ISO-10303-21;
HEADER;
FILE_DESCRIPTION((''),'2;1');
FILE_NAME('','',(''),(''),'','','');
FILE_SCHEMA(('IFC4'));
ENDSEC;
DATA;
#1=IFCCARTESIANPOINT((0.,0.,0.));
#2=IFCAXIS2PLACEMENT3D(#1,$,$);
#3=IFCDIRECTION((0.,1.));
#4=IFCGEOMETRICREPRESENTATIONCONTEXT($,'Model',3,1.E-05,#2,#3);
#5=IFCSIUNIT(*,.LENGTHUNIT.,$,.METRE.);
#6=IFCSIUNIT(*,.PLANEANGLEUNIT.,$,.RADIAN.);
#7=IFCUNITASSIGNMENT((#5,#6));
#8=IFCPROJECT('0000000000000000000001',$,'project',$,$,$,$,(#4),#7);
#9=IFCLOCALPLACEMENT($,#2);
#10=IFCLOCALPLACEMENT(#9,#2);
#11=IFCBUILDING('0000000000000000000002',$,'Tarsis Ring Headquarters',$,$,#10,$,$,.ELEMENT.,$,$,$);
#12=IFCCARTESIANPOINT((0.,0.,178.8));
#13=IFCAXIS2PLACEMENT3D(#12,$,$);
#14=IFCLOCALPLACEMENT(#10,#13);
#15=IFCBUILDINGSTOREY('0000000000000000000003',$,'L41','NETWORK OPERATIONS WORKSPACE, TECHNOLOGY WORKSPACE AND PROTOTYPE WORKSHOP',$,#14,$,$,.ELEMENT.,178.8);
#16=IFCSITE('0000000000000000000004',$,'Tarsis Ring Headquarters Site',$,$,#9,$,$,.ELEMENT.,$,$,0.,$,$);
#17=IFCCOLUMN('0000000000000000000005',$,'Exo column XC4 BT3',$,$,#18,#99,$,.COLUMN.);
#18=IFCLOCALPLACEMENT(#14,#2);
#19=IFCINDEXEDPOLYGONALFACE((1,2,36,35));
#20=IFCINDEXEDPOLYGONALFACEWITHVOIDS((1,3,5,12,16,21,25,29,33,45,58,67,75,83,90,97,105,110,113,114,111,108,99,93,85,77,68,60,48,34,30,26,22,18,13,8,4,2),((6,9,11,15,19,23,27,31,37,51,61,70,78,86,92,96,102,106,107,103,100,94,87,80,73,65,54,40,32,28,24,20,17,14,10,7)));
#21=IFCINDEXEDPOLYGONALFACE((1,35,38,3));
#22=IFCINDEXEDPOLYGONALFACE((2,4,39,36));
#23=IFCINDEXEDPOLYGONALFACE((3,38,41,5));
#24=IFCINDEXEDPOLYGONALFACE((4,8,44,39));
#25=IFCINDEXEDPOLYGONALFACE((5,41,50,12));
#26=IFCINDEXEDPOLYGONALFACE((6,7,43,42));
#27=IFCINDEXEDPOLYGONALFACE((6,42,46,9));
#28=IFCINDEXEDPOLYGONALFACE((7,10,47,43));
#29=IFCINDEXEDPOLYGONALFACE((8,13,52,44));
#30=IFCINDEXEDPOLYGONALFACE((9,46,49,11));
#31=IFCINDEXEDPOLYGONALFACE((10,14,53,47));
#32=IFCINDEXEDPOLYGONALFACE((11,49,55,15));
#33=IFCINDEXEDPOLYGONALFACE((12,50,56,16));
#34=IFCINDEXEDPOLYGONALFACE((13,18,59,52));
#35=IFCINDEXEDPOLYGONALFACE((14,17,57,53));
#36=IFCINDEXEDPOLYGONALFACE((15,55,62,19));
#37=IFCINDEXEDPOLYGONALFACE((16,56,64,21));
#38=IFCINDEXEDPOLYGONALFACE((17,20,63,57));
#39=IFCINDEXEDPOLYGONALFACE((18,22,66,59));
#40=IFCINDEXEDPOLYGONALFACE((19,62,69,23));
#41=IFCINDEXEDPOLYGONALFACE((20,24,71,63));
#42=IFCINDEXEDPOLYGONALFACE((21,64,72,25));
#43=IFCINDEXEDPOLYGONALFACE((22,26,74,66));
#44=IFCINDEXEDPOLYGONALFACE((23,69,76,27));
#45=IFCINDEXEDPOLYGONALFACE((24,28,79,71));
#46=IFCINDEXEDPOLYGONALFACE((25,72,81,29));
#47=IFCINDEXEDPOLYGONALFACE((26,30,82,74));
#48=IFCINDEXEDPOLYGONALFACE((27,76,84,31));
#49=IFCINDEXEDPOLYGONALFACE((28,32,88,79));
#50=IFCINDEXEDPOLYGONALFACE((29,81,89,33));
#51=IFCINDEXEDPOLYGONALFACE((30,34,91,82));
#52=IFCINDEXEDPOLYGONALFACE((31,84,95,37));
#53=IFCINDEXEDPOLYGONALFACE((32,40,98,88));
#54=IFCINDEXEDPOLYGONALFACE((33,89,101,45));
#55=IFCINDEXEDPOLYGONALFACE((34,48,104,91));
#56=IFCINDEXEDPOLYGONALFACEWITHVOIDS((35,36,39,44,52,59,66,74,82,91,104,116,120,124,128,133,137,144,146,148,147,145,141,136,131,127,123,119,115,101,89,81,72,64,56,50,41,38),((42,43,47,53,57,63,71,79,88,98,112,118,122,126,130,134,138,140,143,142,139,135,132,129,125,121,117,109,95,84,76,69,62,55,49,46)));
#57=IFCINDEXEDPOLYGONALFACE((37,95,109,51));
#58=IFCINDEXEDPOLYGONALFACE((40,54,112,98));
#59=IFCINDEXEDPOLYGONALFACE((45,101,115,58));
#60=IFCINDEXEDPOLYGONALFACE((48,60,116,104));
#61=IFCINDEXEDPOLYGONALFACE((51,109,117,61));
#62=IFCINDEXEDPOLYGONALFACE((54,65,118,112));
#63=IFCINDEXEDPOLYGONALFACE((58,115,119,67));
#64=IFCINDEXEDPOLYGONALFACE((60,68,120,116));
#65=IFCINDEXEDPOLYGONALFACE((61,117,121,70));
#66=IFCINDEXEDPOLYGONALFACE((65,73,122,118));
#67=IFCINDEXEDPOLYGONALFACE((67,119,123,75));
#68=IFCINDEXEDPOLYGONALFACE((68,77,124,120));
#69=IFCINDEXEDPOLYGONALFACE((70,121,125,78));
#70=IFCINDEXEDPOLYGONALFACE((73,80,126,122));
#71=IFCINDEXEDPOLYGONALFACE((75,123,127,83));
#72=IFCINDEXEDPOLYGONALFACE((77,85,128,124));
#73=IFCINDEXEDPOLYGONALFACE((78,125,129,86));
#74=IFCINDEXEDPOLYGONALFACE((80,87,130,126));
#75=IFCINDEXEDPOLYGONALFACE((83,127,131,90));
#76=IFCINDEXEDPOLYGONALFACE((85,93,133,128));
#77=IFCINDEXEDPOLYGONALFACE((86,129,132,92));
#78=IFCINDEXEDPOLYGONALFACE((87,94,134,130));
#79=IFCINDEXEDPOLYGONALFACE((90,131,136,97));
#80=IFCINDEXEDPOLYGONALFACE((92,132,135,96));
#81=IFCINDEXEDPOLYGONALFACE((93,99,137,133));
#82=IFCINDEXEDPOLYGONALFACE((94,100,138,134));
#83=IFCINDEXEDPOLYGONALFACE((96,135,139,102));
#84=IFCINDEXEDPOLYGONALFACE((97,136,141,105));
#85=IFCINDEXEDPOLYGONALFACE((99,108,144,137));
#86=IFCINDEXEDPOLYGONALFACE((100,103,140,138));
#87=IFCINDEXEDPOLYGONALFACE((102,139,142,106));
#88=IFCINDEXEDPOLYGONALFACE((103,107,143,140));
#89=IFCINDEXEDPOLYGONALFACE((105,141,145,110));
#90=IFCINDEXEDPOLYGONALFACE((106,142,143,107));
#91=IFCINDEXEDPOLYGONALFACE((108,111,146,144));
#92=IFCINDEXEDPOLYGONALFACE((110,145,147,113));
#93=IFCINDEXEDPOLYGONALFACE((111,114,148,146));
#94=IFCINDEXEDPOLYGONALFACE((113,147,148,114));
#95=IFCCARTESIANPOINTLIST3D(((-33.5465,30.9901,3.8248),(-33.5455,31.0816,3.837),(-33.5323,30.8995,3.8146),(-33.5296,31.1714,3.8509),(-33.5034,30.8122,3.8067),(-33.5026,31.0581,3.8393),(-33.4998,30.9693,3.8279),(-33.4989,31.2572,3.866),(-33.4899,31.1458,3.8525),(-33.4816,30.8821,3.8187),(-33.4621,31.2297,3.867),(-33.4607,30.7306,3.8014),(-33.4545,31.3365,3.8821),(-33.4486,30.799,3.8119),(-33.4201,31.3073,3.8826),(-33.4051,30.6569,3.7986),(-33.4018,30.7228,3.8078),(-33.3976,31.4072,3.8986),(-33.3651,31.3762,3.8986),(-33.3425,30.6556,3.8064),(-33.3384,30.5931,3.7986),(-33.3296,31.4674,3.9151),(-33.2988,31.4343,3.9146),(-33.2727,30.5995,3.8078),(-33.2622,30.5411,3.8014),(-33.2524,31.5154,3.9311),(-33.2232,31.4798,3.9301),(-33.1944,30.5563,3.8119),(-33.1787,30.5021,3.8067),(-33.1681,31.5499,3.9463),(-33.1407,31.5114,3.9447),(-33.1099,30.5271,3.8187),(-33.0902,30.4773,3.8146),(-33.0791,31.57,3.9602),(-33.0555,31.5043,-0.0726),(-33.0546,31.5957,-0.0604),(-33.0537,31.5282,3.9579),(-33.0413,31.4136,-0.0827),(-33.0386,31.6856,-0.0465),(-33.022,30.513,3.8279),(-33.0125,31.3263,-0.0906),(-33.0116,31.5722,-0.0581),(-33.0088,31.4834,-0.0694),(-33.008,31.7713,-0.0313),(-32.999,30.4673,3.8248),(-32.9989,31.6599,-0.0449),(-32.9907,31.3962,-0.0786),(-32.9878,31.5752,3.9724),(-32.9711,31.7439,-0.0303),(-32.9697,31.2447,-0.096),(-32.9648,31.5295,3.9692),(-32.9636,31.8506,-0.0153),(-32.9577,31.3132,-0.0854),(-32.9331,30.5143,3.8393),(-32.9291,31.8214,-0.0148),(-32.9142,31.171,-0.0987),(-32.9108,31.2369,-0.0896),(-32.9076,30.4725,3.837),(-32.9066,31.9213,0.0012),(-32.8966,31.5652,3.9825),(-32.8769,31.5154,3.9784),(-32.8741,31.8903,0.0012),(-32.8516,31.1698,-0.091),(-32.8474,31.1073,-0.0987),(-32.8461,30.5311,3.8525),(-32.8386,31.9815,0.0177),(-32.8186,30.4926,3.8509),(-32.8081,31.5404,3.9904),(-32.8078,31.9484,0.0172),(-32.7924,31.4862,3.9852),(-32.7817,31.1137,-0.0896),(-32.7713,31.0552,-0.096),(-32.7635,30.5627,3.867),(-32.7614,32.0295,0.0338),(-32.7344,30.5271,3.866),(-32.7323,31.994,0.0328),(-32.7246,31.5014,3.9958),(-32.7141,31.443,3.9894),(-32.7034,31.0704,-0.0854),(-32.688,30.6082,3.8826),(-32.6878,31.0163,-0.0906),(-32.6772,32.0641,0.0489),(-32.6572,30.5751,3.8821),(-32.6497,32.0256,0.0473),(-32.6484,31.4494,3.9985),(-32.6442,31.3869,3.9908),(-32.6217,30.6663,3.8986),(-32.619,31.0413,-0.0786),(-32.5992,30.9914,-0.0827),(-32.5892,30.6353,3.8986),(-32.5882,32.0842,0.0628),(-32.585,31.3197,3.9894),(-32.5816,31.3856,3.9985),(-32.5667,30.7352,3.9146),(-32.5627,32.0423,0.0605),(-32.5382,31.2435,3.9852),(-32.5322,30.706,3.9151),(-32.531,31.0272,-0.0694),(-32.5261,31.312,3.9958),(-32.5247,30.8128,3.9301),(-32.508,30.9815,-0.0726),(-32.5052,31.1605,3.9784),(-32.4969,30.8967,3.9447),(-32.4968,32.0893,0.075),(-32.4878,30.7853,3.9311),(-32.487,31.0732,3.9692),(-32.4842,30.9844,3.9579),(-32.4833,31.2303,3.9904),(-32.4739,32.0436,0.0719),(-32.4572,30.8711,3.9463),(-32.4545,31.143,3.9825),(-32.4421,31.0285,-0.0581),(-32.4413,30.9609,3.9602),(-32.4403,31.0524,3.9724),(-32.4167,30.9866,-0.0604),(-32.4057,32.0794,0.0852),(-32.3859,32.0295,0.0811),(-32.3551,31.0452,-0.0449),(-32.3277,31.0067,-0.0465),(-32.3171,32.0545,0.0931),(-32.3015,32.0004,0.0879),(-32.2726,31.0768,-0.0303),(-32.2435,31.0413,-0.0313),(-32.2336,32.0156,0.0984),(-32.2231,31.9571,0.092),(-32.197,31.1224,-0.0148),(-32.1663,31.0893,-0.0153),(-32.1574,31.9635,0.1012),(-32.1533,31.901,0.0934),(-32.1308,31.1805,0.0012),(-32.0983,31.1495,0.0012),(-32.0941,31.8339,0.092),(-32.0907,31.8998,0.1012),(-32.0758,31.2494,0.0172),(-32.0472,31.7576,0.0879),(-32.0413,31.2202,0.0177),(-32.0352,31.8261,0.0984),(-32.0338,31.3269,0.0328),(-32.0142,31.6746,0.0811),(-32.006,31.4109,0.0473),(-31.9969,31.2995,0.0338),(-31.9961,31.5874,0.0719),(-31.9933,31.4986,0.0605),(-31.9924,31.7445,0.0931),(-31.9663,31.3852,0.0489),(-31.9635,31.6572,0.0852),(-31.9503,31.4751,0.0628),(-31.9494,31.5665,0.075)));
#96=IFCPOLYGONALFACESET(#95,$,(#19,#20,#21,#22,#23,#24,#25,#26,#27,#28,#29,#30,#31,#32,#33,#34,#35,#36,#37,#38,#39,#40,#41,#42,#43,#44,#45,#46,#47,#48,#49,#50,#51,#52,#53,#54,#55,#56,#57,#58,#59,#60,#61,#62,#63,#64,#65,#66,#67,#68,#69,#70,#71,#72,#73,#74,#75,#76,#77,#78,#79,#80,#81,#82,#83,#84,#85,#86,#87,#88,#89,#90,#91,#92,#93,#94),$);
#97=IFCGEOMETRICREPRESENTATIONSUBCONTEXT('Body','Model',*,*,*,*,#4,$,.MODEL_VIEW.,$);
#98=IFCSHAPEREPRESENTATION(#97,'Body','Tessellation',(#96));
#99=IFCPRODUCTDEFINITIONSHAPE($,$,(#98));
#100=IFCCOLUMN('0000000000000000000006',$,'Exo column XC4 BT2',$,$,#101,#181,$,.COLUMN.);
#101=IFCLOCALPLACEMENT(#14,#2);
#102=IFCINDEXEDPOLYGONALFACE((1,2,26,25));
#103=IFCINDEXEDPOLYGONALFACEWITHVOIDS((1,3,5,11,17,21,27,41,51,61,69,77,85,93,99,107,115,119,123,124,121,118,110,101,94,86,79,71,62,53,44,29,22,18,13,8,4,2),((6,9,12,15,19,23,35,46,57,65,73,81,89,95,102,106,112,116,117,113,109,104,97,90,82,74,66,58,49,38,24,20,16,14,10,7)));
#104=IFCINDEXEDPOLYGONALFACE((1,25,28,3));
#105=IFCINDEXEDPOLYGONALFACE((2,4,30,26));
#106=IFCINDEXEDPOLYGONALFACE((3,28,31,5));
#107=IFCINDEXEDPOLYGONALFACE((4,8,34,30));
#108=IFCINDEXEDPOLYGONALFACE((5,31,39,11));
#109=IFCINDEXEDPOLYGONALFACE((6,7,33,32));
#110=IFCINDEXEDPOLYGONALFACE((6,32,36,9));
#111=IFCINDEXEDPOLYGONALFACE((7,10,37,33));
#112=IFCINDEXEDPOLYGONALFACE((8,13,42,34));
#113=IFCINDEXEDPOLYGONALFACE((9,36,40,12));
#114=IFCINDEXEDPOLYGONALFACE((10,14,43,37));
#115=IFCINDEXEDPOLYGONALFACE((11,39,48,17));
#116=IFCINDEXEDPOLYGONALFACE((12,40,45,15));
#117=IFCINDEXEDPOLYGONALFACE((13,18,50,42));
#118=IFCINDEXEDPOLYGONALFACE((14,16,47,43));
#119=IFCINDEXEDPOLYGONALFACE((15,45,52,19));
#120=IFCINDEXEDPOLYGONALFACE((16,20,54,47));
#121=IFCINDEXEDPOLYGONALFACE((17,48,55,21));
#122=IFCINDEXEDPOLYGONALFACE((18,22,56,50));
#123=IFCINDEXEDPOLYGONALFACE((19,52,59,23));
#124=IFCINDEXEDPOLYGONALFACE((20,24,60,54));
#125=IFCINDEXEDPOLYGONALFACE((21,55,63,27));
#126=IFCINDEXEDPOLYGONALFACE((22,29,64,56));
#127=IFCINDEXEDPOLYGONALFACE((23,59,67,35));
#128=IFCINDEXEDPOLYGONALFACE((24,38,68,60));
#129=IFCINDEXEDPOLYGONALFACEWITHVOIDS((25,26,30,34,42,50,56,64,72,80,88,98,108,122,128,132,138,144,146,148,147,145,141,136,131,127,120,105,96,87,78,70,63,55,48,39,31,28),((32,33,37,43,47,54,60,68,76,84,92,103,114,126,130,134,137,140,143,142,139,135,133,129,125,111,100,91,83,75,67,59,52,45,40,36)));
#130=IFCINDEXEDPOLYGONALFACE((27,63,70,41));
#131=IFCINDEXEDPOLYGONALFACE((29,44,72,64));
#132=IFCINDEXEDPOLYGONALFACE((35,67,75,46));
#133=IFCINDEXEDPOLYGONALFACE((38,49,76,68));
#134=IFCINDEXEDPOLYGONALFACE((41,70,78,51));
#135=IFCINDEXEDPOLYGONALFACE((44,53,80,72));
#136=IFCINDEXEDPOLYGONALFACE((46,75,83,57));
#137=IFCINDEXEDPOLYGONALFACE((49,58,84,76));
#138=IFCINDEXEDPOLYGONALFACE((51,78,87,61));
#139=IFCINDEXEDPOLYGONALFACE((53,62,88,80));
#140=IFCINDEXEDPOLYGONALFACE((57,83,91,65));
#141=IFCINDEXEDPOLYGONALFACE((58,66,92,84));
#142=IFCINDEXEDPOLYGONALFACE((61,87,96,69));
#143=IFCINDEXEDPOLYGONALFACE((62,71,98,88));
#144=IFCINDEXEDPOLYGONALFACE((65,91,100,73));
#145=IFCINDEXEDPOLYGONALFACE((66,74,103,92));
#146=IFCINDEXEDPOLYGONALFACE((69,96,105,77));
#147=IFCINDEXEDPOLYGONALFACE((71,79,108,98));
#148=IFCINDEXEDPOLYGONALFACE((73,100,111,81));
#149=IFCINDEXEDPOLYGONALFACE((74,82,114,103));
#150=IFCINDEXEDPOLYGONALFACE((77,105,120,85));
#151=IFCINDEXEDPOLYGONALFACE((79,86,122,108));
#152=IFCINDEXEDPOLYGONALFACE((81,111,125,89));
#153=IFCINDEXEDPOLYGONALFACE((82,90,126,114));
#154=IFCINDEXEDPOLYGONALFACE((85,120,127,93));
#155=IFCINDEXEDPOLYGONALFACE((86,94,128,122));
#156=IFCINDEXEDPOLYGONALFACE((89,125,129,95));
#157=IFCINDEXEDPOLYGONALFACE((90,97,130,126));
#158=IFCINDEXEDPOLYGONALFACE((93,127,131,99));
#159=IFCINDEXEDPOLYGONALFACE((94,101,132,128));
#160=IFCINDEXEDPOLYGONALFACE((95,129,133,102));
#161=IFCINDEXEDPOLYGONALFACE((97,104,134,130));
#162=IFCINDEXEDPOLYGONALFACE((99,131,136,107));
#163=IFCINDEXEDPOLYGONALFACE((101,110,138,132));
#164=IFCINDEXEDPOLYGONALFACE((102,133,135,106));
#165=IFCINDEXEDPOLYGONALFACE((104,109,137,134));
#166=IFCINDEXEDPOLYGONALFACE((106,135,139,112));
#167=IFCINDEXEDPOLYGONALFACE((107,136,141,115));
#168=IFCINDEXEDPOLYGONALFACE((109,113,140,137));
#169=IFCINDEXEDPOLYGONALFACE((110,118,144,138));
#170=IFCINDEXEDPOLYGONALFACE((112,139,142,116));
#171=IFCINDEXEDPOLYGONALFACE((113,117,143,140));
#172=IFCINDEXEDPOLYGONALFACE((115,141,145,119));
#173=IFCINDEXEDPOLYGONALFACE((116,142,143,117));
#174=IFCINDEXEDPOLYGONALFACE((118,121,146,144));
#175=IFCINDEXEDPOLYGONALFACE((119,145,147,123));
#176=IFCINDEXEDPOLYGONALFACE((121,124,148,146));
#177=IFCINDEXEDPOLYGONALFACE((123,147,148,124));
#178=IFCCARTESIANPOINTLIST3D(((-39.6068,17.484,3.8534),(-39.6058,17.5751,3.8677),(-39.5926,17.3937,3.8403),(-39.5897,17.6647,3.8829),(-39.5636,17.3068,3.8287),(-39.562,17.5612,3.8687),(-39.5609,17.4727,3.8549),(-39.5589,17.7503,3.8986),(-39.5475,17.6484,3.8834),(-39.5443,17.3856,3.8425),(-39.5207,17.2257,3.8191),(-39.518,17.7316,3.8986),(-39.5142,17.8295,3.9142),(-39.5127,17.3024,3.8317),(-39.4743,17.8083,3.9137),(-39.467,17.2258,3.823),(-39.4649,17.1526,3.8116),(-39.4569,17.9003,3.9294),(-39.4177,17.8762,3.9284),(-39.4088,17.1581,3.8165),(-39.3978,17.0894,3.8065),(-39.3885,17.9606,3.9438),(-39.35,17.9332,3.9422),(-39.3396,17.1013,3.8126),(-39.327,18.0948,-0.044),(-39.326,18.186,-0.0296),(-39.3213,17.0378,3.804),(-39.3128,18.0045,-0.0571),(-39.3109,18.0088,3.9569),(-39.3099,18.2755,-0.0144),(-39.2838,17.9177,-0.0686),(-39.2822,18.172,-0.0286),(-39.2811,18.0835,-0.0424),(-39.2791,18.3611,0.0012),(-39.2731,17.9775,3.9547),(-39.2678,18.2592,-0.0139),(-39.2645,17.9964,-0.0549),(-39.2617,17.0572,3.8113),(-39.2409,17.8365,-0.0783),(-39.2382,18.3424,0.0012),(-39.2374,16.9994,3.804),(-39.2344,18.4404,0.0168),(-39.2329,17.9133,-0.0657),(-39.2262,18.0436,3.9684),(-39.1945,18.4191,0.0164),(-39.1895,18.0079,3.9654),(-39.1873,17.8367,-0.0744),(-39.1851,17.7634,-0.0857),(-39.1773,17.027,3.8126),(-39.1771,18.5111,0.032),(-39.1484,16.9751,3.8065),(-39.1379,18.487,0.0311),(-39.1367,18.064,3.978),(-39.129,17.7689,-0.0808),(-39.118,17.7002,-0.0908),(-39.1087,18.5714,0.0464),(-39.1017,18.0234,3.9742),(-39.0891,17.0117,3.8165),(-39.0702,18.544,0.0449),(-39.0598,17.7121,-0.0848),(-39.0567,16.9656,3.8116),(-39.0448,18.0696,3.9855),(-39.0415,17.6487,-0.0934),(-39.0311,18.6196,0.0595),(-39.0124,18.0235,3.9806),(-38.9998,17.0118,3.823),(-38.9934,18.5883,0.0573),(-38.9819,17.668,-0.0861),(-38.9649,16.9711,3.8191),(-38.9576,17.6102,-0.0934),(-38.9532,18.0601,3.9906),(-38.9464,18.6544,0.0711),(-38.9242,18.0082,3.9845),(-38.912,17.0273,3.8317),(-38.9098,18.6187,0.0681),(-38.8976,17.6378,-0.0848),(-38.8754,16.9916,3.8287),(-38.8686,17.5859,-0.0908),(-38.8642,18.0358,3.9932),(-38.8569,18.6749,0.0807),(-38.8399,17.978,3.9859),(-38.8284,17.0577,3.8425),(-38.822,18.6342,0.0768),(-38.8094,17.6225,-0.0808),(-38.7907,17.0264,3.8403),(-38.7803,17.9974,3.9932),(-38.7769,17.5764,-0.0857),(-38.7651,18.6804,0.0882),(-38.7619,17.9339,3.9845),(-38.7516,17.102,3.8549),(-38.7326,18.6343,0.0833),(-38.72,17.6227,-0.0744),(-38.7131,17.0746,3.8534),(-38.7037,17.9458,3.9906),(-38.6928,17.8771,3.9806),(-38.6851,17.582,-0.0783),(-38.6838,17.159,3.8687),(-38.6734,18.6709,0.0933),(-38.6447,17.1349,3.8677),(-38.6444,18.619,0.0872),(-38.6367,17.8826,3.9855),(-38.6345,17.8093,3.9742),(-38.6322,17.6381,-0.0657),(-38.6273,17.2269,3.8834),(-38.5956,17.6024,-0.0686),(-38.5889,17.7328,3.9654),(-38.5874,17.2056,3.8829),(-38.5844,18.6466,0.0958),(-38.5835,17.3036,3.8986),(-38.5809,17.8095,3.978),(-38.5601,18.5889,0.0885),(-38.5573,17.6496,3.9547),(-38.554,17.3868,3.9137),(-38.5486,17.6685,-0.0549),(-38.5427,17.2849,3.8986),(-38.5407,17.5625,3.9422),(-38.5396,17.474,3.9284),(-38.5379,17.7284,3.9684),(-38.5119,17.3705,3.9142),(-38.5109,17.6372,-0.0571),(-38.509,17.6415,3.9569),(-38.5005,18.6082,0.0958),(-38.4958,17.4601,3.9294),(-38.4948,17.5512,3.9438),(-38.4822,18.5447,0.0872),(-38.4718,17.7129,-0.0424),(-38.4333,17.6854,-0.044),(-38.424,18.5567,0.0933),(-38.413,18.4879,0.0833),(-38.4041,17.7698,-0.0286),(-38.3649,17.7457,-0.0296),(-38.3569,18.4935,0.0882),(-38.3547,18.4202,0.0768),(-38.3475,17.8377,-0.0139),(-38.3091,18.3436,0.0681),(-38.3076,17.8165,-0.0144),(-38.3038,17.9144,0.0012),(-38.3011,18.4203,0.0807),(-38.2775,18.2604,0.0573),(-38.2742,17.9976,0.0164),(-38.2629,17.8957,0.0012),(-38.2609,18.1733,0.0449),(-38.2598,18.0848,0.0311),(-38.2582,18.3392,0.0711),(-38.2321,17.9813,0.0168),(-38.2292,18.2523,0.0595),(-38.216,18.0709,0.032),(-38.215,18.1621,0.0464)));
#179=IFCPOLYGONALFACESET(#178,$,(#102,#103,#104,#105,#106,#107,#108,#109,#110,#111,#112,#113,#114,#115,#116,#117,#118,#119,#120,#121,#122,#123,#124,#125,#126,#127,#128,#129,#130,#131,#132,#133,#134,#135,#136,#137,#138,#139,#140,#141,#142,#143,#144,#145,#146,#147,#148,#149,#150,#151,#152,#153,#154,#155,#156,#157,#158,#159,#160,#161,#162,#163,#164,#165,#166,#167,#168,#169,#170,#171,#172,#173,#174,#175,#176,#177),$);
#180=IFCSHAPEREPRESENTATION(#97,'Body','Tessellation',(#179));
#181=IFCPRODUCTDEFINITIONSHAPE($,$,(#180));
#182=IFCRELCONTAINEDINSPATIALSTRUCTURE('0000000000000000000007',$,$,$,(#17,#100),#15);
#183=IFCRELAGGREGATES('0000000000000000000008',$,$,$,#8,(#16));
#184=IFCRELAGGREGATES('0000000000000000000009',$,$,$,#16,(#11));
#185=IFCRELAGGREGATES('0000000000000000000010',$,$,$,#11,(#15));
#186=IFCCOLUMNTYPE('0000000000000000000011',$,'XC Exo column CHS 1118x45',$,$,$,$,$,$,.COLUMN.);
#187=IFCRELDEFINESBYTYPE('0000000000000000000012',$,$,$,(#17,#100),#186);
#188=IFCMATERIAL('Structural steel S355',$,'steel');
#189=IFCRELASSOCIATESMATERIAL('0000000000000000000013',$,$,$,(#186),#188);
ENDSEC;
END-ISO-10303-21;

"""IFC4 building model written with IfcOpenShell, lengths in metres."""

from ifc_helpers import new_model, si_unit, direction, frame, origin, origin_2d, place, context, subcontext, project, spatial, hollow_circle, extrude, material, material_profile, profile_set, type_object, element, save


model = new_model("IFC4")

# Units and contexts
model_context = context("Model", 3, precision=1e-05, world=origin(), true_north=direction((0.0, 1.0)))
body_context = subcontext(model_context, "Body", "Model", "MODEL_VIEW")
ifc_project = project(units=[si_unit("LENGTHUNIT", "METRE"), si_unit("PLANEANGLEUNIT", "RADIAN")], contexts=[model_context])

# Site, building, storey
site_placement = place(None, origin())
site = spatial("IfcSite", under=ifc_project, at=site_placement, Name="Tarsis Ring Headquarters Site", CompositionType="ELEMENT", RefElevation=0.0)
building_placement = place(site_placement, origin())
building = spatial("IfcBuilding", under=site, at=building_placement, Name="Tarsis Ring Headquarters", CompositionType="ELEMENT")
storey_placement = place(building_placement, frame((0.0, 0.0, 178.8)))
storey = spatial("IfcBuildingStorey", under=building, at=storey_placement, Name="L41", Description="NETWORK OPERATIONS WORKSPACE, TECHNOLOGY WORKSPACE AND PROTOTYPE WORKSHOP", CompositionType="ELEMENT", Elevation=178.8)

# Columns
ifc_material_1 = material(Name="Structural steel S355", Category="steel")
ifc_material_profile_1 = material_profile(ifc_material_1, hollow_circle(Radius=0.5588, WallThickness=0.0449, at=origin_2d()), Name="CHS 1118x45")
ifc_profile_set_1 = profile_set([ifc_material_profile_1], Name="Structural steel S355")
column_type = type_object("IfcColumnType", Name="XC Exo column CHS 1118x45", PredefinedType="COLUMN", material=ifc_profile_set_1)
column_1_placement = place(storey_placement, frame((-32.5024, 31.5354, 0.0012), z_axis=(-0.123926, -0.12978, 0.983768), x_axis=(0.723231, -0.690606, 0.0)))
element("IfcColumn", 1, at=column_1_placement, inside=storey, type_object=column_type, Name="Exo column XC4 BT3", PredefinedType="COLUMN", context=body_context, shape_type="SweptSolid", body=[
    extrude(hollow_circle(Radius=0.5588, WallThickness=0.0449, at=origin_2d()), origin(), (0.0, 0.0, 1.0), 3.9617),
])
column_2_placement = place(storey_placement, frame((-38.771, 18.1284, 0.0012), z_axis=(-0.070743, -0.15445, 0.985465), x_axis=(0.909168, -0.416429, 0.0)))
element("IfcColumn", 2, at=column_2_placement, inside=storey, type_object=column_type, Name="Exo column XC4 BT2", PredefinedType="COLUMN", context=body_context, shape_type="SweptSolid", body=[
    extrude(hollow_circle(Radius=0.5588, WallThickness=0.0449, at=origin_2d()), origin(), (0.0, 0.0, 1.0), 3.9548),
])

save(model, "model.ifc")
